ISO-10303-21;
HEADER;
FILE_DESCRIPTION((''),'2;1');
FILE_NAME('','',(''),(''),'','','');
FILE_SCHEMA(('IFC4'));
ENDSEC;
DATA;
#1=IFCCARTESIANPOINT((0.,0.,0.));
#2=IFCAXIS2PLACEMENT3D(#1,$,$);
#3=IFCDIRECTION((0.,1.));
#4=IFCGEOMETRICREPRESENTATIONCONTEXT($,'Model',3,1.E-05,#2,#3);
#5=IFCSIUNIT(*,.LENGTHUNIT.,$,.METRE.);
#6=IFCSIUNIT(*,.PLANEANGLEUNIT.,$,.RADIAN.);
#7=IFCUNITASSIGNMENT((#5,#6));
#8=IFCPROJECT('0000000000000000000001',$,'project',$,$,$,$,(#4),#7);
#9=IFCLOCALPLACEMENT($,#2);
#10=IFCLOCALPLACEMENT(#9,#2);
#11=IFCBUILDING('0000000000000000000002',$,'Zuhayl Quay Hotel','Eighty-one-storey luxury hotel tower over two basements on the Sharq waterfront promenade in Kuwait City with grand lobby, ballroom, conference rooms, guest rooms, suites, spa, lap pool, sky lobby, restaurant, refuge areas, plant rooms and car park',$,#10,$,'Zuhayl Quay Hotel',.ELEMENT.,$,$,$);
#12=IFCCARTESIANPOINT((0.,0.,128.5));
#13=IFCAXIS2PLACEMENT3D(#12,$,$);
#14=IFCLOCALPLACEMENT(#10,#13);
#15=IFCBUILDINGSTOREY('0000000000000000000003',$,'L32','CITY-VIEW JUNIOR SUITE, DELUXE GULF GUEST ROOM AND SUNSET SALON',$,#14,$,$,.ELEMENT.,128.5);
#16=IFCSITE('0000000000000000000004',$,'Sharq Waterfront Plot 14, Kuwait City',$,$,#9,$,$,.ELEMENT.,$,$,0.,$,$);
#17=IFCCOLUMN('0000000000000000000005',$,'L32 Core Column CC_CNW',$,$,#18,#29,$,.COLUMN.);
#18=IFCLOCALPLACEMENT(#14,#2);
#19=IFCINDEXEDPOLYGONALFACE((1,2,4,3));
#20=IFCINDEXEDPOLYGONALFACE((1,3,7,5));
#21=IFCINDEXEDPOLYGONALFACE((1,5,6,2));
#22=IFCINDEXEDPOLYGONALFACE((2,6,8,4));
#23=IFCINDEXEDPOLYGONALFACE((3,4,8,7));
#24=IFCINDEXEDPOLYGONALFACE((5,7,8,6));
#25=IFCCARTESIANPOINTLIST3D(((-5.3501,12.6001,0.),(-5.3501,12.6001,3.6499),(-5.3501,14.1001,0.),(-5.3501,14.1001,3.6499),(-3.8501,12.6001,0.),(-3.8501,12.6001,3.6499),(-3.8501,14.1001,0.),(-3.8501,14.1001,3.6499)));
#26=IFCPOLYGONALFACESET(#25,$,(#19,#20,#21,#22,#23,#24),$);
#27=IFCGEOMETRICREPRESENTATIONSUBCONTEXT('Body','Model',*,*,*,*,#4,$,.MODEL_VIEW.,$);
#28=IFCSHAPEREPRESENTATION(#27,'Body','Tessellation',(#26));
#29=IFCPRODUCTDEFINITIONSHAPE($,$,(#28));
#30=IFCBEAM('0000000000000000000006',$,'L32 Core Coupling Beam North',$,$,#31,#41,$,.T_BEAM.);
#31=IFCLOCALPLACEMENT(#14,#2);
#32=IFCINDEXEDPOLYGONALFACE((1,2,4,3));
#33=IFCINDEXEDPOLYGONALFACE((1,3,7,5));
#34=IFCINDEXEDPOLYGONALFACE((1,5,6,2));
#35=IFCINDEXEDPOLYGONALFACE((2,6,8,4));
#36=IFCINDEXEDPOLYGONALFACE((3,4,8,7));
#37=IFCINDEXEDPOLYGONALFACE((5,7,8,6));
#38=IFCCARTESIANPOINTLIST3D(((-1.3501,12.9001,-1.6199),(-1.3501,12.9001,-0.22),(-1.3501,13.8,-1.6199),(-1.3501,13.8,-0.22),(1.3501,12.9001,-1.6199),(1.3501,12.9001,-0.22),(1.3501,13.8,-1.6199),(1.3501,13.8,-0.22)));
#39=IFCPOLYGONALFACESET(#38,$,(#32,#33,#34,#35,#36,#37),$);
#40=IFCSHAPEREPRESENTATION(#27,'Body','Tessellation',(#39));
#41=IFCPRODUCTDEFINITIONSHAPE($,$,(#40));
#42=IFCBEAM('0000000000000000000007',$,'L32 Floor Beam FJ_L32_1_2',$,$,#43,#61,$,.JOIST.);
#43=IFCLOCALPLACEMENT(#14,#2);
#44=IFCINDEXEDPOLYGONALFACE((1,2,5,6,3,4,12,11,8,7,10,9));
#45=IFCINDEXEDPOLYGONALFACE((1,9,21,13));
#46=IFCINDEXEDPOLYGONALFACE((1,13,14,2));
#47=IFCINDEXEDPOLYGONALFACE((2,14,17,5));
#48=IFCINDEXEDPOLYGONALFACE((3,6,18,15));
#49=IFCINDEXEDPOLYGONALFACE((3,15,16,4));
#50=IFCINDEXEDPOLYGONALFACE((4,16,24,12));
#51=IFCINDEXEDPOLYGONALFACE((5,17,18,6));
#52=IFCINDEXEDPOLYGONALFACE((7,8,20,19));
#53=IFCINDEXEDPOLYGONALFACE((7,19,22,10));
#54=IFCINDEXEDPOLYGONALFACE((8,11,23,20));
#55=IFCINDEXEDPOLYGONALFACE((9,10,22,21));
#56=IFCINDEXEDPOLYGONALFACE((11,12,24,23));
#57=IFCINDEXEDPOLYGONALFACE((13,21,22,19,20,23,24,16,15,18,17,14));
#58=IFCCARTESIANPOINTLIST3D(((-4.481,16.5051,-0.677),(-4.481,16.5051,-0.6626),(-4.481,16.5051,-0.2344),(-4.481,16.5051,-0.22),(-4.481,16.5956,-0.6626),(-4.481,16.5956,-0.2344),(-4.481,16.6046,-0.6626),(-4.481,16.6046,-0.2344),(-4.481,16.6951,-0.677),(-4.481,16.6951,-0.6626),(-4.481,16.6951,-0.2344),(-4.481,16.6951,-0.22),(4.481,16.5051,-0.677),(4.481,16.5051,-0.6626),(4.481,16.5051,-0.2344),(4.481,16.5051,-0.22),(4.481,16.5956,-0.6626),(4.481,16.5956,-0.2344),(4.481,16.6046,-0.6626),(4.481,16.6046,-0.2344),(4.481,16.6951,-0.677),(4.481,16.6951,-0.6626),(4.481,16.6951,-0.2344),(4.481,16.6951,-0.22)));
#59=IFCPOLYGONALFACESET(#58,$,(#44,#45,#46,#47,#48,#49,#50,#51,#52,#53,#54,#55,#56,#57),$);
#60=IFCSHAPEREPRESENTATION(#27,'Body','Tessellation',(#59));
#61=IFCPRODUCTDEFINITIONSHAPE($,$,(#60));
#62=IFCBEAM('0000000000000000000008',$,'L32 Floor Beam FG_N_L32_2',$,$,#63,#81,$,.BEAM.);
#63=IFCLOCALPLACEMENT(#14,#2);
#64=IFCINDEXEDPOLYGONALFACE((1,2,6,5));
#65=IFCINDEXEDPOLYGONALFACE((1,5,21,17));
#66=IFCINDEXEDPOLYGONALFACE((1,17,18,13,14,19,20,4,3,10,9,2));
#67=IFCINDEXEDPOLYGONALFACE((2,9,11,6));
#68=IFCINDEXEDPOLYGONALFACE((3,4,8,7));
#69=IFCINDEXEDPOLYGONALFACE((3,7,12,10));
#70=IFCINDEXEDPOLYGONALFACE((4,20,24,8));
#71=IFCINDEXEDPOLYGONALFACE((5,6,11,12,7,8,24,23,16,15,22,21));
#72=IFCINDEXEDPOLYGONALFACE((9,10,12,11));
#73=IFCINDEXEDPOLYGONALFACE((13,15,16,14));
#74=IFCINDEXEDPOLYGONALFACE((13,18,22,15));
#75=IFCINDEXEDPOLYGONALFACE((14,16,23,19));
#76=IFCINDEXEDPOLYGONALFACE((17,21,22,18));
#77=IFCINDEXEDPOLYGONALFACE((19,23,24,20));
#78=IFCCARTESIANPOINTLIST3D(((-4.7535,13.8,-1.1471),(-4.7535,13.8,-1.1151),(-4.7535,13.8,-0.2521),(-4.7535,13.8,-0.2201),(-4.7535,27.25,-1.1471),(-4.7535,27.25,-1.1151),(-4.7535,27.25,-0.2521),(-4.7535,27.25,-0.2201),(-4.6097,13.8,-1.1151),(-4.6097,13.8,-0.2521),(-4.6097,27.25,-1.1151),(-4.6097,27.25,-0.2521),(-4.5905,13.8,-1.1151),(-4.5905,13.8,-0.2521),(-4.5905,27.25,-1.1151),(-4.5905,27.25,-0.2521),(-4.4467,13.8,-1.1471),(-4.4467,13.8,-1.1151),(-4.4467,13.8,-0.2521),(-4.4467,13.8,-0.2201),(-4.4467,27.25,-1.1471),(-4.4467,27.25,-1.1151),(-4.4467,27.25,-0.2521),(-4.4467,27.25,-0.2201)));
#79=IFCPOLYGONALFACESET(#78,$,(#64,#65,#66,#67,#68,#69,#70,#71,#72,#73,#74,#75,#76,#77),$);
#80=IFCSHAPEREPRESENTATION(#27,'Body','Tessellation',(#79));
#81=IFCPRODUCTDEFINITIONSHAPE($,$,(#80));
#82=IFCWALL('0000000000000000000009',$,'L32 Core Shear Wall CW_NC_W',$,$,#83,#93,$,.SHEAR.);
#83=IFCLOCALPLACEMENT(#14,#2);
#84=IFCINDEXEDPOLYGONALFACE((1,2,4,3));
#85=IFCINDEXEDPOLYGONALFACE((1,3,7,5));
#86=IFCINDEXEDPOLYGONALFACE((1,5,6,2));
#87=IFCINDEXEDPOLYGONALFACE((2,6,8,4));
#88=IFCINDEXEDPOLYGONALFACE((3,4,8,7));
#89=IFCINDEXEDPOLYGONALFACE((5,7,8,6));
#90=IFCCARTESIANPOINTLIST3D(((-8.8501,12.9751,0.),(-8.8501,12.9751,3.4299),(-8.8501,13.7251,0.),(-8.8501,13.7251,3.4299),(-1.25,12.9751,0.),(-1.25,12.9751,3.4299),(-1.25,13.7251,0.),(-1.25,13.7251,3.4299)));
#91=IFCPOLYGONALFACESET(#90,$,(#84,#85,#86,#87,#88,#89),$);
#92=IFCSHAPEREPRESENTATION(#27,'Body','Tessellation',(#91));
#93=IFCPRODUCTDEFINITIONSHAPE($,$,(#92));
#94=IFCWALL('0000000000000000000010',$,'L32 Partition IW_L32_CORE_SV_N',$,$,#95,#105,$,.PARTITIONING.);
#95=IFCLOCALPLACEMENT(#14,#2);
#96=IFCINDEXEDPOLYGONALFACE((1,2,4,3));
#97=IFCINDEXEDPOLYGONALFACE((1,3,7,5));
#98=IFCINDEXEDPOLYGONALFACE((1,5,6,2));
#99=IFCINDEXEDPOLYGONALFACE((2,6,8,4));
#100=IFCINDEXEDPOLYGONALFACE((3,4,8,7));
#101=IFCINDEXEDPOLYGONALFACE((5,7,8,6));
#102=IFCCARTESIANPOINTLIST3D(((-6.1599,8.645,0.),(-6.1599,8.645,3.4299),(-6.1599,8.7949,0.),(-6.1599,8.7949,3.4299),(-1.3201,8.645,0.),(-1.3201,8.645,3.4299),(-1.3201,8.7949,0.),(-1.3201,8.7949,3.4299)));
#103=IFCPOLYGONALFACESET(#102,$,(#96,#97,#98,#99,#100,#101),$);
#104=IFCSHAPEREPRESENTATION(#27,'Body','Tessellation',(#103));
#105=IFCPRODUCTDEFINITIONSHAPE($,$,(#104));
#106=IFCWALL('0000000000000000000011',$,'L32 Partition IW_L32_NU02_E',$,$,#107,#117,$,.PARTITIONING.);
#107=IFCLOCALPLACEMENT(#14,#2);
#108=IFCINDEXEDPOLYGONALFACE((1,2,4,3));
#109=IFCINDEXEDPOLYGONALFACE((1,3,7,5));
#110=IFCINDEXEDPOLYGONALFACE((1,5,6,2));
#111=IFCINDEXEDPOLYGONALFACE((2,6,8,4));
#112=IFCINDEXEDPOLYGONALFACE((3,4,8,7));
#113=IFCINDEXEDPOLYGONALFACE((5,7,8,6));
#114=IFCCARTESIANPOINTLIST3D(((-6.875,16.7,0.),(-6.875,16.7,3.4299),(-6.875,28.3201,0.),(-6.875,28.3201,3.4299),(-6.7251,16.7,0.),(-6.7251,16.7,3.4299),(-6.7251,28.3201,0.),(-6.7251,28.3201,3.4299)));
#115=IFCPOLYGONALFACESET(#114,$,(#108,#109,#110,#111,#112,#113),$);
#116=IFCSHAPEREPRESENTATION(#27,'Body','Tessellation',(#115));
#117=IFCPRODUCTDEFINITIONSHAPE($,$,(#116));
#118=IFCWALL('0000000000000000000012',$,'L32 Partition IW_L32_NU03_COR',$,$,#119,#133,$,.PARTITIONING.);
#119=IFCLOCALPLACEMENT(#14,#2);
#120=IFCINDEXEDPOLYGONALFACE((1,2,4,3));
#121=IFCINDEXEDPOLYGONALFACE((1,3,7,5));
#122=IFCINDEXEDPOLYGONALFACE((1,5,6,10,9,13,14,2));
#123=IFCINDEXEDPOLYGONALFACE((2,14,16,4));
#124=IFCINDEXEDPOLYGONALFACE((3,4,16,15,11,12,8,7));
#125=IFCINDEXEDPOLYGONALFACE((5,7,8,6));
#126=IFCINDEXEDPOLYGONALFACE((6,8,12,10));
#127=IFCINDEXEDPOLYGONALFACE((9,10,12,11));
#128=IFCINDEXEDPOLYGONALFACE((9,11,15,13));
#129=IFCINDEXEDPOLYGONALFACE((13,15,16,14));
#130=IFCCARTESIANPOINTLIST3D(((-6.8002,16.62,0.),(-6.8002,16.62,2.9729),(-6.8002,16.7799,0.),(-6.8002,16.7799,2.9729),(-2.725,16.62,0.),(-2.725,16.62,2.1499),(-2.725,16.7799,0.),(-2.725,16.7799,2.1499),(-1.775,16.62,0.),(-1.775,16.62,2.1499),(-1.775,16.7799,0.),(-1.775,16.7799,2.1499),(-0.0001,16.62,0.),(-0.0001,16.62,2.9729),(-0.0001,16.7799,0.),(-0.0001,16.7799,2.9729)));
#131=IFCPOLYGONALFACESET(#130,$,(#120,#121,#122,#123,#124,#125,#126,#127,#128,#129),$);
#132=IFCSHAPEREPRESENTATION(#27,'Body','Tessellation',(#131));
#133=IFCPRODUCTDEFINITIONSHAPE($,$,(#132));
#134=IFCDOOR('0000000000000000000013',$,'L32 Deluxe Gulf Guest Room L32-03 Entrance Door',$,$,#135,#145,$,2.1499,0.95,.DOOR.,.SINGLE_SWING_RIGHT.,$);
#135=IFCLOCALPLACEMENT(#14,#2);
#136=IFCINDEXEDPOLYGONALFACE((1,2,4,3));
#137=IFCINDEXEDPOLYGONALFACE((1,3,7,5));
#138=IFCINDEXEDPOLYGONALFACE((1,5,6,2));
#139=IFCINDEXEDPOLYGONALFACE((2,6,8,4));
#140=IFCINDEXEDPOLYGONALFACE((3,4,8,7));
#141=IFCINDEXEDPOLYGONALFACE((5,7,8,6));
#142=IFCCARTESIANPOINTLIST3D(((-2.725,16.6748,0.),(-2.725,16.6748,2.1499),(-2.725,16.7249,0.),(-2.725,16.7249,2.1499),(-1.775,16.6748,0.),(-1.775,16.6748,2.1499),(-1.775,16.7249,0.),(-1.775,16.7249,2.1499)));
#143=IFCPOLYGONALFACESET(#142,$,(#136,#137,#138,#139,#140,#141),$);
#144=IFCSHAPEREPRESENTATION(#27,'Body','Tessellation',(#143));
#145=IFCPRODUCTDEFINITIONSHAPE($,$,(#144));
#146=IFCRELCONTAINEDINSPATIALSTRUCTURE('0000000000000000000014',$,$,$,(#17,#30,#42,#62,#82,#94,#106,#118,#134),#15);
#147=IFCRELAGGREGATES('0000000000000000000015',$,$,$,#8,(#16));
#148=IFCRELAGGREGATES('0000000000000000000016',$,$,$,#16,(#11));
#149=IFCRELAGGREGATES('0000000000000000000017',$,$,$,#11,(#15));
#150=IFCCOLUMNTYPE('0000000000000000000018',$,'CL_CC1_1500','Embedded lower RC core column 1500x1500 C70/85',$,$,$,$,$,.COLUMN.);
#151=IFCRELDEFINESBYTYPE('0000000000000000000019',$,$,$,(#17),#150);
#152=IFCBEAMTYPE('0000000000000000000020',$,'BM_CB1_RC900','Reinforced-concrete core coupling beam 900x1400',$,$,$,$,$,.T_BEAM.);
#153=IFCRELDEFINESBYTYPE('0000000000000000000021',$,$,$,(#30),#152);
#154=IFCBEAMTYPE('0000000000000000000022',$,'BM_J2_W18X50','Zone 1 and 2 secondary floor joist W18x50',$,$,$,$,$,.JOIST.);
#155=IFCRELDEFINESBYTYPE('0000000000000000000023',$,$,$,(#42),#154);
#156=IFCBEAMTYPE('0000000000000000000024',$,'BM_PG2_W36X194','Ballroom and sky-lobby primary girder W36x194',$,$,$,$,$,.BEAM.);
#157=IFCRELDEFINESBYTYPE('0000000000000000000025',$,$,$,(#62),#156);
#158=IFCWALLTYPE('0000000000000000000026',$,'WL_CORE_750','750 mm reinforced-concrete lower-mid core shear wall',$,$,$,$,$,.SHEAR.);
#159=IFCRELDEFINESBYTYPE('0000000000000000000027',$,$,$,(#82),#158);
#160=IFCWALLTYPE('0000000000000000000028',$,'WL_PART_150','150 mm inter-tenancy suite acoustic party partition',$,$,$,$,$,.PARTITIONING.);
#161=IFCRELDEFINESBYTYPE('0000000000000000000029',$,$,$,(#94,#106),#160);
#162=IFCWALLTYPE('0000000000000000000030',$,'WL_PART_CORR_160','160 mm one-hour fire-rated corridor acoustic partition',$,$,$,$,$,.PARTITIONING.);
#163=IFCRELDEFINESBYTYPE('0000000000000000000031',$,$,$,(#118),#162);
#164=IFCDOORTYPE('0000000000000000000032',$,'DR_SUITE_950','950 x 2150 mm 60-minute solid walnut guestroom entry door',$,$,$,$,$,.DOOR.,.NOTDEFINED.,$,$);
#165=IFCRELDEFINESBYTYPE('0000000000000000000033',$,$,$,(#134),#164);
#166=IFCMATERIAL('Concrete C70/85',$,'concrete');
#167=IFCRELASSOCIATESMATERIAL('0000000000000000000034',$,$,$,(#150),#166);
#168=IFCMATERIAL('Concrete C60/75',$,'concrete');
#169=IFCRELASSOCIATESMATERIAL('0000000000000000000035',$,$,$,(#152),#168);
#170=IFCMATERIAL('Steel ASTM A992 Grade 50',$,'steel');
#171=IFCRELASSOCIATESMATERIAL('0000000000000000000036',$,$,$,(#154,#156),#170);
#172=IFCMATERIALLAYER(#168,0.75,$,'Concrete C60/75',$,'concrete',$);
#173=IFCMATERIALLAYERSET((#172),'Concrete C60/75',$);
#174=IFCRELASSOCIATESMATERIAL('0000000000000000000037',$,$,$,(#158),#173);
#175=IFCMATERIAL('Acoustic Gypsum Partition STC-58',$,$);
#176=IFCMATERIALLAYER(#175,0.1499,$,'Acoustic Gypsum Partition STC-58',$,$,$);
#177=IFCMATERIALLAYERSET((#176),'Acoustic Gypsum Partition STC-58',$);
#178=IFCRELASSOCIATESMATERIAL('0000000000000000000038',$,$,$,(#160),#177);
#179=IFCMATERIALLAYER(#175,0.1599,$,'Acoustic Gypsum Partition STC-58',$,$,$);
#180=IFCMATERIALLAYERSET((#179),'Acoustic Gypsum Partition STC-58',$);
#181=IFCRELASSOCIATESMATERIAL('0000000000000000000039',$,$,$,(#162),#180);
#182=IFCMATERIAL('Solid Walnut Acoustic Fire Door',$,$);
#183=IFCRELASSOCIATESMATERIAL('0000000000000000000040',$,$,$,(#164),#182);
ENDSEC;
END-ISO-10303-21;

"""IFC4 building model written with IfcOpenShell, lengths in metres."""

from ifc_helpers import new_model, si_unit, direction, frame, frame_2d, origin, origin_2d, place, context, subcontext, project, spatial, rectangle, i_section, extrude, material, layer, layer_set, material_profile, profile_set, type_object, element, fill, save


model = new_model("IFC4")

# Units and contexts
model_context = context("Model", 3, precision=1e-05, world=origin(), true_north=direction((0.0, 1.0)))
body_context = subcontext(model_context, "Body", "Model", "MODEL_VIEW")
ifc_project = project(units=[si_unit("LENGTHUNIT", "METRE"), si_unit("PLANEANGLEUNIT", "RADIAN")], contexts=[model_context])

# Site, building, storey
site_placement = place(None, origin())
site = spatial("IfcSite", under=ifc_project, at=site_placement, Name="Sharq Waterfront Plot 14, Kuwait City", CompositionType="ELEMENT", RefElevation=0.0)
building_placement = place(site_placement, origin())
building = spatial("IfcBuilding", under=site, at=building_placement, Name="Zuhayl Quay Hotel", Description="Eighty-one-storey luxury hotel tower over two basements on the Sharq waterfront promenade in Kuwait City with grand lobby, ballroom, conference rooms, guest rooms, suites, spa, lap pool, sky lobby, restaurant, refuge areas, plant rooms and car park", LongName="Zuhayl Quay Hotel", CompositionType="ELEMENT")
storey_placement = place(building_placement, frame((0.0, 0.0, 128.5)))
storey = spatial("IfcBuildingStorey", under=building, at=storey_placement, Name="L32", Description="CITY-VIEW JUNIOR SUITE, DELUXE GULF GUEST ROOM AND SUNSET SALON", CompositionType="ELEMENT", Elevation=128.5)

# Column
ifc_material_1 = material(Name="Concrete C70/85", Category="concrete")
ifc_material_profile_1 = material_profile(ifc_material_1, rectangle(XDim=1.5, YDim=1.5, at=origin_2d()), Name="RC1500X1500")
ifc_profile_set_1 = profile_set([ifc_material_profile_1], Name="Concrete C70/85")
column_type = type_object("IfcColumnType", Name="CL_CC1_1500", Description="Embedded lower RC core column 1500x1500 C70/85", PredefinedType="COLUMN", material=ifc_profile_set_1)
column_placement = place(storey_placement, frame((-4.6001, 13.3501, 0.0), z_axis=(0.0, 0.0, 1.0), x_axis=(1.0, 0.0, 0.0)))
element("IfcColumn", 1, at=column_placement, inside=storey, type_object=column_type, Name="L32 Core Column CC_CNW", PredefinedType="COLUMN", context=body_context, shape_type="SweptSolid", body=[
    extrude(rectangle(XDim=1.5, YDim=1.5, at=origin_2d()), origin(), (0.0, 0.0, 1.0), 3.6499),
])

# Beams
ifc_material_2 = material(Name="Concrete C60/75", Category="concrete")
ifc_material_profile_2 = material_profile(ifc_material_2, rectangle(XDim=0.8999, YDim=1.3999, at=origin_2d()), Name="RC900X1400")
ifc_profile_set_2 = profile_set([ifc_material_profile_2], Name="Concrete C60/75")
beam_type_1 = type_object("IfcBeamType", Name="BM_CB1_RC900", Description="Reinforced-concrete core coupling beam 900x1400", PredefinedType="T_BEAM", material=ifc_profile_set_2)
beam_1_placement = place(storey_placement, frame((-1.3501, 13.3501, -0.9199), z_axis=(1.0, 0.0, 0.0), x_axis=(0.0, 1.0, 0.0)))
element("IfcBeam", 2, at=beam_1_placement, inside=storey, type_object=beam_type_1, Name="L32 Core Coupling Beam North", PredefinedType="T_BEAM", context=body_context, shape_type="SweptSolid", body=[
    extrude(rectangle(XDim=0.8999, YDim=1.3999, at=origin_2d()), origin(), (0.0, 0.0, 1.0), 2.7002),
])
ifc_material_3 = material(Name="Steel ASTM A992 Grade 50", Category="steel")
ifc_material_profile_3 = material_profile(ifc_material_3, i_section(OverallWidth=0.1899, OverallDepth=0.457, WebThickness=0.009, FlangeThickness=0.0144, at=origin_2d()), Name="W18X50")
ifc_profile_set_3 = profile_set([ifc_material_profile_3], Name="Steel ASTM A992 Grade 50")
beam_type_2 = type_object("IfcBeamType", Name="BM_J2_W18X50", Description="Zone 1 and 2 secondary floor joist W18x50", PredefinedType="JOIST", material=ifc_profile_set_3)
beam_2_placement = place(storey_placement, frame((-4.481, 16.6001, -0.4485), z_axis=(1.0, 0.0, 0.0), x_axis=(0.0, 1.0, 0.0)))
element("IfcBeam", 3, at=beam_2_placement, inside=storey, type_object=beam_type_2, Name="L32 Floor Beam FJ_L32_1_2", PredefinedType="JOIST", context=body_context, shape_type="SweptSolid", body=[
    extrude(i_section(OverallWidth=0.1899, OverallDepth=0.457, WebThickness=0.009, FlangeThickness=0.0144, at=origin_2d()), origin(), (0.0, 0.0, 1.0), 8.9619),
])
ifc_material_profile_4 = material_profile(ifc_material_3, i_section(OverallWidth=0.3069, OverallDepth=0.927, WebThickness=0.0193, FlangeThickness=0.032, at=origin_2d()), Name="W36X194")
ifc_profile_set_4 = profile_set([ifc_material_profile_4], Name="Steel ASTM A992 Grade 50")
beam_type_3 = type_object("IfcBeamType", Name="BM_PG2_W36X194", Description="Ballroom and sky-lobby primary girder W36x194", PredefinedType="BEAM", material=ifc_profile_set_4)
beam_3_placement = place(storey_placement, frame((-4.6001, 13.8, -0.6836), z_axis=(0.0, 1.0, 0.0), x_axis=(-1.0, 0.0, 0.0)))
element("IfcBeam", 4, at=beam_3_placement, inside=storey, type_object=beam_type_3, Name="L32 Floor Beam FG_N_L32_2", PredefinedType="BEAM", context=body_context, shape_type="SweptSolid", body=[
    extrude(i_section(OverallWidth=0.3069, OverallDepth=0.927, WebThickness=0.0193, FlangeThickness=0.032, at=origin_2d()), origin(), (0.0, 0.0, 1.0), 13.45),
])

# Walls
ifc_layer_1 = layer(ifc_material_2, 0.75, Name="Concrete C60/75", Category="concrete")
ifc_layer_set_1 = layer_set([ifc_layer_1], Name="Concrete C60/75")
wall_type_1 = type_object("IfcWallType", Name="WL_CORE_750", Description="750 mm reinforced-concrete lower-mid core shear wall", PredefinedType="SHEAR", material=ifc_layer_set_1)
wall_1_placement = place(storey_placement, frame((-8.8501, 13.3501, 0.0), z_axis=(0.0, 0.0, 1.0), x_axis=(1.0, 0.0, 0.0)))
element("IfcWall", 5, at=wall_1_placement, inside=storey, type_object=wall_type_1, Name="L32 Core Shear Wall CW_NC_W", PredefinedType="SHEAR", context=body_context, shape_type="SweptSolid", body=[
    extrude(rectangle(XDim=7.6001, YDim=0.75, at=frame_2d((3.8, 0.0))), origin(), (0.0, 0.0, 1.0), 3.4299),
])
ifc_material_4 = material(Name="Acoustic Gypsum Partition STC-58")
ifc_layer_2 = layer(ifc_material_4, 0.1499, Name="Acoustic Gypsum Partition STC-58")
ifc_layer_set_2 = layer_set([ifc_layer_2], Name="Acoustic Gypsum Partition STC-58")
wall_type_2 = type_object("IfcWallType", Name="WL_PART_150", Description="150 mm inter-tenancy suite acoustic party partition", PredefinedType="PARTITIONING", material=ifc_layer_set_2)
wall_2_placement = place(storey_placement, frame((-6.1599, 8.72, 0.0), z_axis=(0.0, 0.0, 1.0), x_axis=(1.0, 0.0, 0.0)))
element("IfcWall", 6, at=wall_2_placement, inside=storey, type_object=wall_type_2, Name="L32 Partition IW_L32_CORE_SV_N", PredefinedType="PARTITIONING", context=body_context, shape_type="SweptSolid", body=[
    extrude(rectangle(XDim=4.8398, YDim=0.1499, at=frame_2d((2.4199, 0.0))), origin(), (0.0, 0.0, 1.0), 3.4299),
])
wall_3_placement = place(storey_placement, frame((-6.8, 16.7, 0.0), z_axis=(0.0, 0.0, 1.0), x_axis=(0.0, 1.0, 0.0)))
element("IfcWall", 7, at=wall_3_placement, inside=storey, type_object=wall_type_2, Name="L32 Partition IW_L32_NU02_E", PredefinedType="PARTITIONING", context=body_context, shape_type="SweptSolid", body=[
    extrude(rectangle(XDim=11.6201, YDim=0.1499, at=frame_2d((5.8101, 0.0))), origin(), (0.0, 0.0, 1.0), 3.4299),
])

# Wall, opening, door
ifc_layer_3 = layer(ifc_material_4, 0.1599, Name="Acoustic Gypsum Partition STC-58")
ifc_layer_set_3 = layer_set([ifc_layer_3], Name="Acoustic Gypsum Partition STC-58")
wall_type_3 = type_object("IfcWallType", Name="WL_PART_CORR_160", Description="160 mm one-hour fire-rated corridor acoustic partition", PredefinedType="PARTITIONING", material=ifc_layer_set_3)
wall_4_placement = place(storey_placement, frame((-6.8, 16.7, 0.0), z_axis=(0.0, 0.0, 1.0), x_axis=(1.0, 0.0, 0.0)))
wall_4 = element("IfcWall", 8, at=wall_4_placement, inside=storey, type_object=wall_type_3, Name="L32 Partition IW_L32_NU03_COR", PredefinedType="PARTITIONING", context=body_context, shape_type="SweptSolid", body=[
    extrude(rectangle(XDim=6.8, YDim=0.1599, at=frame_2d((3.3999, 0.0))), origin(), (0.0, 0.0, 1.0), 2.9729),
])
opening_1_placement = place(wall_4_placement, frame((4.075, 0.0, 0.0)))
opening_1 = element("IfcOpeningElement", 9, at=opening_1_placement, cuts=wall_4, PredefinedType="OPENING", context=body_context, shape_type="SweptSolid", body=[
    extrude(rectangle(XDim=0.95, YDim=2.1499, at=frame_2d((0.4751, 1.075))), frame((0.0, 0.0898, 0.0), z_axis=(0.0, -1.0, 0.0), x_axis=(1.0, 0.0, 0.0)), (0.0, 0.0, 1.0), 0.1799),
])
ifc_material_5 = material(Name="Solid Walnut Acoustic Fire Door")
door_type_1 = type_object("IfcDoorType", Name="DR_SUITE_950", Description="950 x 2150 mm 60-minute solid walnut guestroom entry door", OperationType="NOTDEFINED", PredefinedType="DOOR", material=ifc_material_5)
door_1_placement = place(opening_1_placement, origin())
door_1 = element("IfcDoor", 10, at=door_1_placement, inside=storey, type_object=door_type_1, Name="L32 Deluxe Gulf Guest Room L32-03 Entrance Door", OperationType="SINGLE_SWING_RIGHT", OverallHeight=2.1499, OverallWidth=0.95, PredefinedType="DOOR", context=body_context, shape_type="SweptSolid", body=[
    extrude(rectangle(XDim=0.95, YDim=2.1499, at=frame_2d((0.4751, 1.075))), frame((0.0, 0.0249, 0.0), z_axis=(0.0, -1.0, 0.0), x_axis=(1.0, 0.0, 0.0)), (0.0, 0.0, 1.0), 0.05),
])
fill(opening_1, door_1)

save(model, "model.ifc")
